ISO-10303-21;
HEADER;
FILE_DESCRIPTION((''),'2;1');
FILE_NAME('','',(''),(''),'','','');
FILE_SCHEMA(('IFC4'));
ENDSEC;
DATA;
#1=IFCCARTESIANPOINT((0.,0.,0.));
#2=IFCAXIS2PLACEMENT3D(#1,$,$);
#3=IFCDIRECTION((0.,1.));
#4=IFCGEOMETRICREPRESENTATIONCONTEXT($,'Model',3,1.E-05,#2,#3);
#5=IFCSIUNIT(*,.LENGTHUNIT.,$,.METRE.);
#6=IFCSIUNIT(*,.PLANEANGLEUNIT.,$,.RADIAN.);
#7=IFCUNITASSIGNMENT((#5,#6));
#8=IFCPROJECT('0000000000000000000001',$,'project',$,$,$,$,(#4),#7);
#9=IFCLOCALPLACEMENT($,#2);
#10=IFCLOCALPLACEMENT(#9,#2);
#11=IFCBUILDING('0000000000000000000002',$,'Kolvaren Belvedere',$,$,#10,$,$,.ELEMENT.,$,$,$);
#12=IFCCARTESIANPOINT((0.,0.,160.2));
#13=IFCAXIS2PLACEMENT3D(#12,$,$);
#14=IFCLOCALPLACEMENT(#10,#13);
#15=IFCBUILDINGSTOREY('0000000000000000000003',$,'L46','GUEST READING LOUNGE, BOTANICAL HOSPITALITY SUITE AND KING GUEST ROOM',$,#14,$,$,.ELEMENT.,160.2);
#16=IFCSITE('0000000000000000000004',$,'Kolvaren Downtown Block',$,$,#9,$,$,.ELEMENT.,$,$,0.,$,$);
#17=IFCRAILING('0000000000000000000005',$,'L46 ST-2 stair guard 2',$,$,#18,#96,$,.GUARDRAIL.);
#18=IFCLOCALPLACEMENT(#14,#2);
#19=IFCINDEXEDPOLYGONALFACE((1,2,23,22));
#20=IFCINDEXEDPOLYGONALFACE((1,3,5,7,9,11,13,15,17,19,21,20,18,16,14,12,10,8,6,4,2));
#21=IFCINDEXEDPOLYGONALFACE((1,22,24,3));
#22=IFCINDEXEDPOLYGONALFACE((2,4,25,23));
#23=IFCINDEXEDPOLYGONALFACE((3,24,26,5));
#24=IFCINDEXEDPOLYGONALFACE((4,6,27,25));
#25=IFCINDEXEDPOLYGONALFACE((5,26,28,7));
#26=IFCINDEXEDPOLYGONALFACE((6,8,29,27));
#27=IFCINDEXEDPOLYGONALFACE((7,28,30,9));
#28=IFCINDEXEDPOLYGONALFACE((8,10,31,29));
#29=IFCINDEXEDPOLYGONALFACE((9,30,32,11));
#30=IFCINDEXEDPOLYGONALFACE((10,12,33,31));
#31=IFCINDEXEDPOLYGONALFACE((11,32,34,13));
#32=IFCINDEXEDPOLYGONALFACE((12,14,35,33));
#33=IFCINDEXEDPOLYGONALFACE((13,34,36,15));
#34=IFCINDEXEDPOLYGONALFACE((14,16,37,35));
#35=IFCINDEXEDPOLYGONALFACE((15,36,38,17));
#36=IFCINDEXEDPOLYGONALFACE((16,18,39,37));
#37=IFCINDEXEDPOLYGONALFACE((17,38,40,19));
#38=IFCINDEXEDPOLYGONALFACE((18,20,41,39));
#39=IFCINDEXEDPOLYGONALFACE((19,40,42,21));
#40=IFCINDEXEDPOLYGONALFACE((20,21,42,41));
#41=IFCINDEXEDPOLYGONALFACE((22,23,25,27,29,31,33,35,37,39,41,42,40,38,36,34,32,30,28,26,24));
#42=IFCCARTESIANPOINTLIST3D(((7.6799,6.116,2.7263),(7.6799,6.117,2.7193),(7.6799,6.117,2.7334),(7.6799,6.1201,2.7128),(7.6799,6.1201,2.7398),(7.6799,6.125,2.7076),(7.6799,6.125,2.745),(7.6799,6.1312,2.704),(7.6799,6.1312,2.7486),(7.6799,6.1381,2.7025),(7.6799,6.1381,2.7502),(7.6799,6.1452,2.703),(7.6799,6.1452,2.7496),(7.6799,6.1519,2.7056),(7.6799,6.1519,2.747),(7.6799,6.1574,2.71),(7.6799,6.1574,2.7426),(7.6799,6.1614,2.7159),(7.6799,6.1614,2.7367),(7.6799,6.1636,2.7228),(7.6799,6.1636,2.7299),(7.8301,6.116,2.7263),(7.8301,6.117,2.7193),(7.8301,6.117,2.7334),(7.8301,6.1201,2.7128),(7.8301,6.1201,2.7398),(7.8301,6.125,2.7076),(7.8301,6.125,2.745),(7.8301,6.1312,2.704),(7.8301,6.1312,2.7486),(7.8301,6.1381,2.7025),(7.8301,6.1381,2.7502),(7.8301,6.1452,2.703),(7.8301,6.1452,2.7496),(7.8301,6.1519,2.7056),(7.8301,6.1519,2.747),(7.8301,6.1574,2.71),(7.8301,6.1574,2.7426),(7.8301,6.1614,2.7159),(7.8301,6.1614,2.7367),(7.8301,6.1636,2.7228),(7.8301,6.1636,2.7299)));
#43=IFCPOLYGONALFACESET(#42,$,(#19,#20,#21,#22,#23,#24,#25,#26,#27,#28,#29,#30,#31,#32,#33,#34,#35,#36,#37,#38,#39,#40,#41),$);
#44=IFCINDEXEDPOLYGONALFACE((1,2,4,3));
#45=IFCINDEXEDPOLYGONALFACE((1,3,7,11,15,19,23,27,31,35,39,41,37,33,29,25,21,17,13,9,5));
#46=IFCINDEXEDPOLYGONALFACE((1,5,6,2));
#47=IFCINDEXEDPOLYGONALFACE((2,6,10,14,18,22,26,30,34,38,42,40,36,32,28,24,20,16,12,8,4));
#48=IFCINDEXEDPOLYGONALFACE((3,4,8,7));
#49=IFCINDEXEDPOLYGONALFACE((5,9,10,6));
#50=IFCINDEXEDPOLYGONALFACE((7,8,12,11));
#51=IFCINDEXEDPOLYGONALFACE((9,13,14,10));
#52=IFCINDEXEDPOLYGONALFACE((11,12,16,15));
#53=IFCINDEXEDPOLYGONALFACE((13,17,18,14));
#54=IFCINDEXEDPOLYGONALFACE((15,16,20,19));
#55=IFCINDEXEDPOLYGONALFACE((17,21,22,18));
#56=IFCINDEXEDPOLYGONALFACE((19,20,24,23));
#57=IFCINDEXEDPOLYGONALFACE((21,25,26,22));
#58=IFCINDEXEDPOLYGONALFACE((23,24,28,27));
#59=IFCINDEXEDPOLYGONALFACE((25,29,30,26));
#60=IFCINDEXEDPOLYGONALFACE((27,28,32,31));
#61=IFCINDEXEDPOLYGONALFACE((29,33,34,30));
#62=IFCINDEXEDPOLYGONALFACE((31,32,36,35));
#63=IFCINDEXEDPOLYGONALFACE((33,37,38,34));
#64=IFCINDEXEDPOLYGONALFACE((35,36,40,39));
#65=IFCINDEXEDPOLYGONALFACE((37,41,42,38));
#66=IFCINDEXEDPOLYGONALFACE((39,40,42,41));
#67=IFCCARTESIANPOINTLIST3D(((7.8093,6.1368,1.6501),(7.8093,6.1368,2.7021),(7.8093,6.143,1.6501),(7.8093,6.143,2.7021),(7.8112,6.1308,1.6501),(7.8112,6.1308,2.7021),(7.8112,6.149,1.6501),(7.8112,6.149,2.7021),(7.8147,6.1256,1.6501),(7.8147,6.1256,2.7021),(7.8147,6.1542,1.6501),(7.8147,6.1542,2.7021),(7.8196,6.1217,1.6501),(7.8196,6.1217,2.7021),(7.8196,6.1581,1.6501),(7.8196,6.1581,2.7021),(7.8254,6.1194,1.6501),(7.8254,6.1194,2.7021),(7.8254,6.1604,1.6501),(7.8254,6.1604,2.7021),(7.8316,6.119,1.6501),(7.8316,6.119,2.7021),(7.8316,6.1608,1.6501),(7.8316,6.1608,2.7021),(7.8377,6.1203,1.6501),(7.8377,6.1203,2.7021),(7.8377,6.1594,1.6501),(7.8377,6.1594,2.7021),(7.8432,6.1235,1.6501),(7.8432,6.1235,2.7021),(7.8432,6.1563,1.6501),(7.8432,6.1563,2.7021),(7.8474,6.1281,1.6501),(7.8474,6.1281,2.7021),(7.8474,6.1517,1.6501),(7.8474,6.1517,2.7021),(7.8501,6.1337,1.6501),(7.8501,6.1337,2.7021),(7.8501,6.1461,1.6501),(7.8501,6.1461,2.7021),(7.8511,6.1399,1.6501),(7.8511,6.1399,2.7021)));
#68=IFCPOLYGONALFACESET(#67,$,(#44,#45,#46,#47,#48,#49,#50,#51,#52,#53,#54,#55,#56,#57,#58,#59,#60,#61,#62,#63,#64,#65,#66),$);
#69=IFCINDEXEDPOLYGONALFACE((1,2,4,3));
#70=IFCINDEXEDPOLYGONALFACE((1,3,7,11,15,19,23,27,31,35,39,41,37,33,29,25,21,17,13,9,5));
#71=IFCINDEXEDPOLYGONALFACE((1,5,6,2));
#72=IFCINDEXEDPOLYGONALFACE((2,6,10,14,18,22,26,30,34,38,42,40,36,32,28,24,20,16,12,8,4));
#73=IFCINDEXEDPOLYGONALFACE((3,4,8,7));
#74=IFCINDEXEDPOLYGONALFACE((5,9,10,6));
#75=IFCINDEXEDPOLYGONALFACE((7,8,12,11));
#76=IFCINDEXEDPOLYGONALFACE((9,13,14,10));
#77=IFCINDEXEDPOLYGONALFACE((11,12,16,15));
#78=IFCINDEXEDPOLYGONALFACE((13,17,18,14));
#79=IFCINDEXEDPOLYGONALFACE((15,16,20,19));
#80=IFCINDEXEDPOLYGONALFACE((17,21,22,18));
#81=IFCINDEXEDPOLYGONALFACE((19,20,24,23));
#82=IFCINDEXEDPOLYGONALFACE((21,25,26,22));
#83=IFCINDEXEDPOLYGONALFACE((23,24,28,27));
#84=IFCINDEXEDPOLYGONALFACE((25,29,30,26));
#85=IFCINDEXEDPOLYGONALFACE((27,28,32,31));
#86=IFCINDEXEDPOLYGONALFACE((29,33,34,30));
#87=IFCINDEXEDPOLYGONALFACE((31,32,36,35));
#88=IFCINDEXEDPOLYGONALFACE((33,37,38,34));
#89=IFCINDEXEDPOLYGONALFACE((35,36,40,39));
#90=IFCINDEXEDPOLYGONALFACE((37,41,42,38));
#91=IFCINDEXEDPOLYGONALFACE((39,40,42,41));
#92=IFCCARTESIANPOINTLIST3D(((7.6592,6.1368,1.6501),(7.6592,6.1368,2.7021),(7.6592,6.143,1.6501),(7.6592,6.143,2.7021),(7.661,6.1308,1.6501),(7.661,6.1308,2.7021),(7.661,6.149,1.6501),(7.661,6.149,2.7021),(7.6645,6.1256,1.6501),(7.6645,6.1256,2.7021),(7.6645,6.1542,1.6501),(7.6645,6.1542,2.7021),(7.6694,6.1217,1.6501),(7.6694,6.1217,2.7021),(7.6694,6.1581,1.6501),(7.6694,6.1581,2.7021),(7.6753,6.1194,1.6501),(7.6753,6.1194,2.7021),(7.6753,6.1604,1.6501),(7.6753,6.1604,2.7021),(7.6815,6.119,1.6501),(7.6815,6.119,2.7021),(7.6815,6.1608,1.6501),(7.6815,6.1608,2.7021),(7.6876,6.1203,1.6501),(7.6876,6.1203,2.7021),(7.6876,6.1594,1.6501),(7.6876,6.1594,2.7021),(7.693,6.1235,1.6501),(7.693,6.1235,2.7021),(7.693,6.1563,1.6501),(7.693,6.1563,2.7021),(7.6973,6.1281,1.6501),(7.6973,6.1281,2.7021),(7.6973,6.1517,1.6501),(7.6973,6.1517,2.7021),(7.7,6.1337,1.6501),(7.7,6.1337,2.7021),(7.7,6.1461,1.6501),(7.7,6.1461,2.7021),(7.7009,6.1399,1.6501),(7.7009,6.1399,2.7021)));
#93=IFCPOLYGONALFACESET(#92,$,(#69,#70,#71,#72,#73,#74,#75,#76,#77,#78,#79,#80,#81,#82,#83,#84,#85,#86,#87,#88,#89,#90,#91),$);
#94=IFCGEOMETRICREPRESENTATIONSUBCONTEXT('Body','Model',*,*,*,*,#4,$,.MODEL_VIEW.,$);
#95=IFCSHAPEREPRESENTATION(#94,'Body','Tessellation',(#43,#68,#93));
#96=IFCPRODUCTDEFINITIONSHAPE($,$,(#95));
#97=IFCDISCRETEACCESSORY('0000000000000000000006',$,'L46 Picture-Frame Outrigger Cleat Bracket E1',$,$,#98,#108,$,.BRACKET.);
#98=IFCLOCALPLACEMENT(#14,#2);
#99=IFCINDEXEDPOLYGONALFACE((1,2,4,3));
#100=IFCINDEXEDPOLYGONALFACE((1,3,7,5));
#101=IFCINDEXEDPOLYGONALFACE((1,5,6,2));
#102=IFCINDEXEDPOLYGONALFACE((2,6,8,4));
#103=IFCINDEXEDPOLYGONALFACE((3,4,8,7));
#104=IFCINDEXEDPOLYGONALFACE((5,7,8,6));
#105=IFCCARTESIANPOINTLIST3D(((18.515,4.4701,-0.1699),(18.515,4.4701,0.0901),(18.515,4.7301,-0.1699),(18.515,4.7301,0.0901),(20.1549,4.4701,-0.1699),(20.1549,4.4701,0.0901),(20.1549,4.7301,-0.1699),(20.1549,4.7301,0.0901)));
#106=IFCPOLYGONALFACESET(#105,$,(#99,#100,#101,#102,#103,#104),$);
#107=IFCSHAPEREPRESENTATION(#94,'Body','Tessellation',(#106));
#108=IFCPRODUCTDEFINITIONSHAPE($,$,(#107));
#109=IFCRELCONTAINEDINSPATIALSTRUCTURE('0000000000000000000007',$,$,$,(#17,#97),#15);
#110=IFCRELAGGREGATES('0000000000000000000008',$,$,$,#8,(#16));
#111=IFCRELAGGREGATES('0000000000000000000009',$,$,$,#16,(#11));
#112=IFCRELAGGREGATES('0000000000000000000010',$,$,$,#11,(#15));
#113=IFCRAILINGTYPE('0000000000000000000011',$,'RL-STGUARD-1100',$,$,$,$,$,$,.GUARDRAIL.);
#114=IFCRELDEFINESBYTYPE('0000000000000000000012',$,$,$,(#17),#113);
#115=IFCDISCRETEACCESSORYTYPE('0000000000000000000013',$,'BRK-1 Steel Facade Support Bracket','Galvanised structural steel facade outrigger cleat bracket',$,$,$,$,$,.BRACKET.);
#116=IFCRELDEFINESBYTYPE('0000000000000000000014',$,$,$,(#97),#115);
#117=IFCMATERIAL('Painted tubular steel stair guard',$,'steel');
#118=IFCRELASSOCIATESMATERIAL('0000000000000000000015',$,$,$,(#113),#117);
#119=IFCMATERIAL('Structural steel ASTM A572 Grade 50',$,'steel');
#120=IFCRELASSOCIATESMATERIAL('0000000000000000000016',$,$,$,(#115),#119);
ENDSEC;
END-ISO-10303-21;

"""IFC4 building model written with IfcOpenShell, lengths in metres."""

from ifc_helpers import new_model, si_unit, direction, frame, origin, origin_2d, place, context, subcontext, project, spatial, rectangle, circle, extrude, material, type_object, element, save


model = new_model("IFC4")

# Units and contexts
model_context = context("Model", 3, precision=1e-05, world=origin(), true_north=direction((0.0, 1.0)))
body_context = subcontext(model_context, "Body", "Model", "MODEL_VIEW")
ifc_project = project(units=[si_unit("LENGTHUNIT", "METRE"), si_unit("PLANEANGLEUNIT", "RADIAN")], contexts=[model_context])

# Site, building, storey
site_placement = place(None, origin())
site = spatial("IfcSite", under=ifc_project, at=site_placement, Name="Kolvaren Downtown Block", CompositionType="ELEMENT", RefElevation=0.0)
building_placement = place(site_placement, origin())
building = spatial("IfcBuilding", under=site, at=building_placement, Name="Kolvaren Belvedere", CompositionType="ELEMENT")
storey_placement = place(building_placement, frame((0.0, 0.0, 160.2)))
storey = spatial("IfcBuildingStorey", under=building, at=storey_placement, Name="L46", Description="GUEST READING LOUNGE, BOTANICAL HOSPITALITY SUITE AND KING GUEST ROOM", CompositionType="ELEMENT", Elevation=160.2)

# Railing
ifc_material_1 = material(Name="Painted tubular steel stair guard", Category="steel")
railing_type_1 = type_object("IfcRailingType", Name="RL-STGUARD-1100", PredefinedType="GUARDRAIL", material=ifc_material_1)
railing_1_placement = place(storey_placement, frame((7.8301, 6.1399, 1.6501)))
element("IfcRailing", 1, at=railing_1_placement, inside=storey, type_object=railing_type_1, Name="L46 ST-2 stair guard 2", PredefinedType="GUARDRAIL", context=body_context, shape_type="SweptSolid", body=[
    extrude(circle(Radius=0.0239, at=origin_2d()), frame((0.0, 0.0, 1.0762), z_axis=(-1.0, 0.0, 0.0), x_axis=(0.0, -1.0, 0.0)), (0.0, 0.0, 1.0), 0.1501),
    extrude(circle(Radius=0.021, at=origin_2d()), origin(), (0.0, 0.0, 1.0), 1.052),
    extrude(circle(Radius=0.021, at=origin_2d()), frame((-0.1501, 0.0, 0.0)), (0.0, 0.0, 1.0), 1.052),
])

# Discrete accessory
ifc_material_2 = material(Name="Structural steel ASTM A572 Grade 50", Category="steel")
discrete_accessory_type = type_object("IfcDiscreteAccessoryType", Name="BRK-1 Steel Facade Support Bracket", Description="Galvanised structural steel facade outrigger cleat bracket", PredefinedType="BRACKET", material=ifc_material_2)
discrete_accessory_placement = place(storey_placement, frame((19.335, 4.6001, -0.1699), z_axis=(0.0, 0.0, 1.0), x_axis=(1.0, 0.0, 0.0)))
element("IfcDiscreteAccessory", 2, at=discrete_accessory_placement, inside=storey, type_object=discrete_accessory_type, Name="L46 Picture-Frame Outrigger Cleat Bracket E1", PredefinedType="BRACKET", context=body_context, shape_type="SweptSolid", body=[
    extrude(rectangle(XDim=1.6399, YDim=0.26, at=origin_2d()), origin(), (0.0, 0.0, 1.0), 0.26),
])

save(model, "model.ifc")
